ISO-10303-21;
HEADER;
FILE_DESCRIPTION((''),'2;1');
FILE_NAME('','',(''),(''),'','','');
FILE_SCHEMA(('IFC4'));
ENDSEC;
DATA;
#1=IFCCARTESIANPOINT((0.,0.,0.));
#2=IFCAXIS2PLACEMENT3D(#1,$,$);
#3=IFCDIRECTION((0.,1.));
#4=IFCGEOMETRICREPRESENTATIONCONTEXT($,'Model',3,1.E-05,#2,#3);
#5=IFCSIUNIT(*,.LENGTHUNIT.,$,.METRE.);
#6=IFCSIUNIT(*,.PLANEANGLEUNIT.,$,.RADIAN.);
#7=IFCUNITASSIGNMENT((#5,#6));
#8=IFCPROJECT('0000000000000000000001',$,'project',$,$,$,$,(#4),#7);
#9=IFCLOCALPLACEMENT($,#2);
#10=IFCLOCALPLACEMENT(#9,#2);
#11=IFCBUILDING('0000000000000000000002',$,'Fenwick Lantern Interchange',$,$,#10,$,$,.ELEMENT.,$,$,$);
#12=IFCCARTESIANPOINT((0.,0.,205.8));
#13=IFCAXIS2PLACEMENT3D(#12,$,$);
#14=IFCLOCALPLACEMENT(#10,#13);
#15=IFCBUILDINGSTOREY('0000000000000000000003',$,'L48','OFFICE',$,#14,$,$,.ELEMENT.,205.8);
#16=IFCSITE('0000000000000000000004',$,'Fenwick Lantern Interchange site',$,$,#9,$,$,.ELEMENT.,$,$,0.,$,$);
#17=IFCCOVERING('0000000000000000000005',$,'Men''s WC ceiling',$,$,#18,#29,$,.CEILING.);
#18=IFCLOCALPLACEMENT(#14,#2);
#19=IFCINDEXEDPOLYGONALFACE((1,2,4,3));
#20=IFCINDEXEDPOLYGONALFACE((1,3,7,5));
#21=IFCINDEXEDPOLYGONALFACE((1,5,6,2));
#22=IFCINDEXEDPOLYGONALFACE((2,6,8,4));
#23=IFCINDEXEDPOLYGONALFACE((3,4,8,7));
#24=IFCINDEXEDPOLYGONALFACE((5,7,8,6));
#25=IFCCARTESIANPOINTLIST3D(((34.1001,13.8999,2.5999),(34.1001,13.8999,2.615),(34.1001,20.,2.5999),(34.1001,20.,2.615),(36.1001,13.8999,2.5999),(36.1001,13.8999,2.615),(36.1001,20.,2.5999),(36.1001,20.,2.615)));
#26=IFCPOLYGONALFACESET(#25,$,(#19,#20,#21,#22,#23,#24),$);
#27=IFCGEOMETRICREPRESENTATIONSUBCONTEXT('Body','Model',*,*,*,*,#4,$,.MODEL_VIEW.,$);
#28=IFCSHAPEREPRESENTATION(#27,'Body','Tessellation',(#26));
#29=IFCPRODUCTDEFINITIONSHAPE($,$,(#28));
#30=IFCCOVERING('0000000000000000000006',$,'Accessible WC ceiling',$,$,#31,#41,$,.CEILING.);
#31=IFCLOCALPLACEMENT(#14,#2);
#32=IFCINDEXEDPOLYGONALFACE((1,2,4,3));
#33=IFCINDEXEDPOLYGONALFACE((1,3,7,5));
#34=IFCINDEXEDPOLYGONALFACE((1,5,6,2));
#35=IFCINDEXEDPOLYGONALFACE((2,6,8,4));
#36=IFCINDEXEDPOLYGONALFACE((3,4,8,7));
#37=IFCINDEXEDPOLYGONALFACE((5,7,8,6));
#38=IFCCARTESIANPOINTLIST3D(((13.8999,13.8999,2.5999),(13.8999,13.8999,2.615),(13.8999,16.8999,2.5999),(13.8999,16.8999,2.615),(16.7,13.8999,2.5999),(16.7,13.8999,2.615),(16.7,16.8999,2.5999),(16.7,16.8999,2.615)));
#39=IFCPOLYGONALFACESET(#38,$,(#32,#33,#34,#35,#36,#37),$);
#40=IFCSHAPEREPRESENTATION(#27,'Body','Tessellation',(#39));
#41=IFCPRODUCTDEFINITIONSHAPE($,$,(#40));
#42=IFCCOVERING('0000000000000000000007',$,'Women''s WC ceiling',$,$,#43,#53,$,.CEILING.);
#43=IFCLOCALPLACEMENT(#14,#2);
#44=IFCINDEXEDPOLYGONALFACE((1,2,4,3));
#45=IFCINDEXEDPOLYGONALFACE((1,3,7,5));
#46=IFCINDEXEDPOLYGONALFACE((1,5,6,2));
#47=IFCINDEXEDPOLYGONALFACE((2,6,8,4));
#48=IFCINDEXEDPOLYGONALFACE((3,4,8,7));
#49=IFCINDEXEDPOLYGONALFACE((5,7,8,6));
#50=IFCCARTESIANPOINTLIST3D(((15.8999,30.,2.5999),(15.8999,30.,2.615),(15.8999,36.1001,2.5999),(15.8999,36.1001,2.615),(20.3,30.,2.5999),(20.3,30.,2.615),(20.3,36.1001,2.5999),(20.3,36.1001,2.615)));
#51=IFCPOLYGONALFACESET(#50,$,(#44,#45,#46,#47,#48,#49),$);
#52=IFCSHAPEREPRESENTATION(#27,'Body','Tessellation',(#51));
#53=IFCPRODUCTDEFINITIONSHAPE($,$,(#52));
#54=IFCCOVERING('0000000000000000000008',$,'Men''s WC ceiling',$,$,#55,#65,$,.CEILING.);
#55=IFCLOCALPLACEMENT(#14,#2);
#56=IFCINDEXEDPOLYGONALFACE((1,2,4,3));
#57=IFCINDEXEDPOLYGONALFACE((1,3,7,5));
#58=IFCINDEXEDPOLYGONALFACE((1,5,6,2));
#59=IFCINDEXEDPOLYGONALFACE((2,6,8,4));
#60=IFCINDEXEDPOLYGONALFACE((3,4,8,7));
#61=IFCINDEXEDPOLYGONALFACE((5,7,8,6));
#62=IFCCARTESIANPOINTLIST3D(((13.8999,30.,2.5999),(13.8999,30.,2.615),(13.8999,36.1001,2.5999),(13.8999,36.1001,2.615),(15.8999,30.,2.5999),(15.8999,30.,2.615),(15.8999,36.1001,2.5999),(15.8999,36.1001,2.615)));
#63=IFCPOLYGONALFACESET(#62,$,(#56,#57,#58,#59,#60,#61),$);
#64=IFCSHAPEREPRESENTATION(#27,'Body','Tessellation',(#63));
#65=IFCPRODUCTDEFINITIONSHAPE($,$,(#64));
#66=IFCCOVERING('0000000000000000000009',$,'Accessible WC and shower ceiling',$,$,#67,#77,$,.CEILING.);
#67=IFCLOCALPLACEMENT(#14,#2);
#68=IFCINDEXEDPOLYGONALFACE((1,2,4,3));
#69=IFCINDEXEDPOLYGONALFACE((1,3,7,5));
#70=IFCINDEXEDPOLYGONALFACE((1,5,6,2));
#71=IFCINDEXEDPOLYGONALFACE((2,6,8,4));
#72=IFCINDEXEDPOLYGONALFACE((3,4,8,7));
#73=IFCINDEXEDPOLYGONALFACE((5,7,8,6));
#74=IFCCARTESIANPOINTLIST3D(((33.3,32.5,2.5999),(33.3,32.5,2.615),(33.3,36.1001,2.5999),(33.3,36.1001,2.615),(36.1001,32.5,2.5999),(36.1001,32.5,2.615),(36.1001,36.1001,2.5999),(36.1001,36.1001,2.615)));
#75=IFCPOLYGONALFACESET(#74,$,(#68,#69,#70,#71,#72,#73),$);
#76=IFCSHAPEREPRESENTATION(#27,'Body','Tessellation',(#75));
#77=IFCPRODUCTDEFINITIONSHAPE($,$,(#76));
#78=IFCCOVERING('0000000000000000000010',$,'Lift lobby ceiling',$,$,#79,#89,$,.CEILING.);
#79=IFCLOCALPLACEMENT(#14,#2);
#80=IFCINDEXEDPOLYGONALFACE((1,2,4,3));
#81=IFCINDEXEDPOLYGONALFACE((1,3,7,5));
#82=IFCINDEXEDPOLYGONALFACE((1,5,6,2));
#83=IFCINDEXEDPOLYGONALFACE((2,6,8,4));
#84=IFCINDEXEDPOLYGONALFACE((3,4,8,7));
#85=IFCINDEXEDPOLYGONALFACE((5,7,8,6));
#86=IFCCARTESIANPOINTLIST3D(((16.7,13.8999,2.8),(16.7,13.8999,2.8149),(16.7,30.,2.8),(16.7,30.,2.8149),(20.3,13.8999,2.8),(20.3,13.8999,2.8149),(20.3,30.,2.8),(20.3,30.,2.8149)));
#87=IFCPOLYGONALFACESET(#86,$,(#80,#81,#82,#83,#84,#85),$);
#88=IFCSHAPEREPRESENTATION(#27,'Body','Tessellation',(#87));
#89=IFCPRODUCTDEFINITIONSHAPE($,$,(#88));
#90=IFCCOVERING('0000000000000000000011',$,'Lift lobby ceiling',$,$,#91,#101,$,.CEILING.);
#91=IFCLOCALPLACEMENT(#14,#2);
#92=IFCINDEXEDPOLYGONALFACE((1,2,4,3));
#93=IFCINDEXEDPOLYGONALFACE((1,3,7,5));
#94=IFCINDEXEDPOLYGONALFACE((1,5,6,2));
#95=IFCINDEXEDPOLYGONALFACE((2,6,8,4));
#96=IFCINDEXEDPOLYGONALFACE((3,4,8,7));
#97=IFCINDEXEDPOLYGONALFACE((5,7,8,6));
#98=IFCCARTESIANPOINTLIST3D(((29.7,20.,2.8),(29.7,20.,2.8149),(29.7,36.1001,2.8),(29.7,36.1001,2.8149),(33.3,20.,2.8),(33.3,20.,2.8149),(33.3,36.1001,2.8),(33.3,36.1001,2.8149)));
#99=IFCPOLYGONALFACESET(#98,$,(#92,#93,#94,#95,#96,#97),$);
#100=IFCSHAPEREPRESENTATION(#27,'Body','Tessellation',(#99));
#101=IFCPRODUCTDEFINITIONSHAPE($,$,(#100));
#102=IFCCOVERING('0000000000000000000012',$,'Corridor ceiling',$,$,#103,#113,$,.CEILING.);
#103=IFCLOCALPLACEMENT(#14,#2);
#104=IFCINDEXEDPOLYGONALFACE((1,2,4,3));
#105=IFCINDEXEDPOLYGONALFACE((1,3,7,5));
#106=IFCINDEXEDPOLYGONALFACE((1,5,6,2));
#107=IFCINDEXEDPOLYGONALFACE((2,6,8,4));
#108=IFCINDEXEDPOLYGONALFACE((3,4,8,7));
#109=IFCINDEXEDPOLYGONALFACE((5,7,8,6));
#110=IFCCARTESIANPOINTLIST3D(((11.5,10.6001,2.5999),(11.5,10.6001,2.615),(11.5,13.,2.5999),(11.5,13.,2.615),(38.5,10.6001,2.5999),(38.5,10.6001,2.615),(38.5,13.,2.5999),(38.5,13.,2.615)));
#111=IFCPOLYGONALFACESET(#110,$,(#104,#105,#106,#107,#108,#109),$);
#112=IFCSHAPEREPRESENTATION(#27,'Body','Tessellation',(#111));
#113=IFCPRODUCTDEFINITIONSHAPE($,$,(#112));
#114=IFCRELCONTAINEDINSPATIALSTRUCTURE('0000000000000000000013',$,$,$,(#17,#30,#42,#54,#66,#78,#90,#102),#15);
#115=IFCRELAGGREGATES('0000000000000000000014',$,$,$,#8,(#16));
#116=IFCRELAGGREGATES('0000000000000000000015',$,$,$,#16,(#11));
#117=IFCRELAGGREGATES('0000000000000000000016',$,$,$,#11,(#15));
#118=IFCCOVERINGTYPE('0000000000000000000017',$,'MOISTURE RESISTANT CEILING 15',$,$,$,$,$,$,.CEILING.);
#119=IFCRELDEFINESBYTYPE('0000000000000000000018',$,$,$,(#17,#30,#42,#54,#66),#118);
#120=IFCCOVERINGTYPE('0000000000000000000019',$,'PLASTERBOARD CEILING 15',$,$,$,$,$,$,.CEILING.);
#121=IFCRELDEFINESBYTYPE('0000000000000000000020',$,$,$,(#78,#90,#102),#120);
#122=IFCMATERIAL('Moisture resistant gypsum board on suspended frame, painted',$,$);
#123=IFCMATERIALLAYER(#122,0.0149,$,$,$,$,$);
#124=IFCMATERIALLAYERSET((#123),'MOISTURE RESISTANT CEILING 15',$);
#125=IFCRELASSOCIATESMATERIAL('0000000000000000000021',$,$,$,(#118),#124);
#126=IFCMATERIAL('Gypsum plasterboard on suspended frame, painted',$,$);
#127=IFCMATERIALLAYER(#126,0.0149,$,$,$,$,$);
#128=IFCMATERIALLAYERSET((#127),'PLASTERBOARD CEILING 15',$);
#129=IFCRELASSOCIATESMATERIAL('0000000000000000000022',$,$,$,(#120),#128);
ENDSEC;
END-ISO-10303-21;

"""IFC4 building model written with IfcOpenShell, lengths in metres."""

from ifc_helpers import new_model, si_unit, direction, frame, origin, place, context, subcontext, project, spatial, polyline, outline, extrude, material, layer, layer_set, type_object, element, save


model = new_model("IFC4")

# Units and contexts
model_context = context("Model", 3, precision=1e-05, world=origin(), true_north=direction((0.0, 1.0)))
body_context = subcontext(model_context, "Body", "Model", "MODEL_VIEW")
ifc_project = project(units=[si_unit("LENGTHUNIT", "METRE"), si_unit("PLANEANGLEUNIT", "RADIAN")], contexts=[model_context])

# Site, building, storey
site_placement = place(None, origin())
site = spatial("IfcSite", under=ifc_project, at=site_placement, Name="Fenwick Lantern Interchange site", CompositionType="ELEMENT", RefElevation=0.0)
building_placement = place(site_placement, origin())
building = spatial("IfcBuilding", under=site, at=building_placement, Name="Fenwick Lantern Interchange", CompositionType="ELEMENT")
storey_placement = place(building_placement, frame((0.0, 0.0, 205.8)))
storey = spatial("IfcBuildingStorey", under=building, at=storey_placement, Name="L48", Description="OFFICE", CompositionType="ELEMENT", Elevation=205.8)

# Coverings
ifc_material_1 = material(Name="Moisture resistant gypsum board on suspended frame, painted")
ifc_layer_1 = layer(ifc_material_1, 0.0149)
ifc_layer_set_1 = layer_set([ifc_layer_1], Name="MOISTURE RESISTANT CEILING 15")
covering_type_1 = type_object("IfcCoveringType", Name="MOISTURE RESISTANT CEILING 15", PredefinedType="CEILING", material=ifc_layer_set_1)
covering_1_placement = place(storey_placement, frame((0.0, 0.0, 2.5999)))
element("IfcCovering", 1, at=covering_1_placement, inside=storey, type_object=covering_type_1, Name="Men's WC ceiling", PredefinedType="CEILING", context=body_context, shape_type="SweptSolid", body=[
    extrude(outline(polyline([(34.1001, 13.8999), (36.1001, 13.8999), (36.1001, 20.0), (34.1001, 20.0), (34.1001, 13.8999)])), origin(), (0.0, 0.0, 1.0), 0.0151),
])
covering_2_placement = place(storey_placement, frame((0.0, 0.0, 2.5999)))
element("IfcCovering", 2, at=covering_2_placement, inside=storey, type_object=covering_type_1, Name="Accessible WC ceiling", PredefinedType="CEILING", context=body_context, shape_type="SweptSolid", body=[
    extrude(outline(polyline([(13.8999, 13.8999), (16.7, 13.8999), (16.7, 16.8999), (13.8999, 16.8999), (13.8999, 13.8999)])), origin(), (0.0, 0.0, 1.0), 0.0151),
])
covering_3_placement = place(storey_placement, frame((0.0, 0.0, 2.5999)))
element("IfcCovering", 3, at=covering_3_placement, inside=storey, type_object=covering_type_1, Name="Women's WC ceiling", PredefinedType="CEILING", context=body_context, shape_type="SweptSolid", body=[
    extrude(outline(polyline([(20.3, 36.1001), (15.8999, 36.1001), (15.8999, 30.0), (20.3, 30.0), (20.3, 36.1001)])), origin(), (0.0, 0.0, 1.0), 0.0151),
])
covering_4_placement = place(storey_placement, frame((0.0, 0.0, 2.5999)))
element("IfcCovering", 4, at=covering_4_placement, inside=storey, type_object=covering_type_1, Name="Men's WC ceiling", PredefinedType="CEILING", context=body_context, shape_type="SweptSolid", body=[
    extrude(outline(polyline([(15.8999, 36.1001), (13.8999, 36.1001), (13.8999, 30.0), (15.8999, 30.0), (15.8999, 36.1001)])), origin(), (0.0, 0.0, 1.0), 0.0151),
])
covering_5_placement = place(storey_placement, frame((0.0, 0.0, 2.5999)))
element("IfcCovering", 5, at=covering_5_placement, inside=storey, type_object=covering_type_1, Name="Accessible WC and shower ceiling", PredefinedType="CEILING", context=body_context, shape_type="SweptSolid", body=[
    extrude(outline(polyline([(36.1001, 36.1001), (33.3, 36.1001), (33.3, 32.5), (36.1001, 32.5), (36.1001, 36.1001)])), origin(), (0.0, 0.0, 1.0), 0.0151),
])
ifc_material_2 = material(Name="Gypsum plasterboard on suspended frame, painted")
ifc_layer_2 = layer(ifc_material_2, 0.0149)
ifc_layer_set_2 = layer_set([ifc_layer_2], Name="PLASTERBOARD CEILING 15")
covering_type_2 = type_object("IfcCoveringType", Name="PLASTERBOARD CEILING 15", PredefinedType="CEILING", material=ifc_layer_set_2)
covering_6_placement = place(storey_placement, frame((0.0, 0.0, 2.8)))
element("IfcCovering", 6, at=covering_6_placement, inside=storey, type_object=covering_type_2, Name="Lift lobby ceiling", PredefinedType="CEILING", context=body_context, shape_type="SweptSolid", body=[
    extrude(outline(polyline([(16.7, 13.8999), (20.3, 13.8999), (20.3, 30.0), (16.7, 30.0), (16.7, 13.8999)])), origin(), (0.0, 0.0, 1.0), 0.0149),
])
covering_7_placement = place(storey_placement, frame((0.0, 0.0, 2.8)))
element("IfcCovering", 7, at=covering_7_placement, inside=storey, type_object=covering_type_2, Name="Lift lobby ceiling", PredefinedType="CEILING", context=body_context, shape_type="SweptSolid", body=[
    extrude(outline(polyline([(33.3, 36.1001), (29.7, 36.1001), (29.7, 20.0), (33.3, 20.0), (33.3, 36.1001)])), origin(), (0.0, 0.0, 1.0), 0.0149),
])
covering_8_placement = place(storey_placement, frame((0.0, 0.0, 2.5999)))
element("IfcCovering", 8, at=covering_8_placement, inside=storey, type_object=covering_type_2, Name="Corridor ceiling", PredefinedType="CEILING", context=body_context, shape_type="SweptSolid", body=[
    extrude(outline(polyline([(11.5, 10.6001), (38.5, 10.6001), (38.5, 13.0), (11.5, 13.0), (11.5, 10.6001)])), origin(), (0.0, 0.0, 1.0), 0.0151),
])

save(model, "model.ifc")
